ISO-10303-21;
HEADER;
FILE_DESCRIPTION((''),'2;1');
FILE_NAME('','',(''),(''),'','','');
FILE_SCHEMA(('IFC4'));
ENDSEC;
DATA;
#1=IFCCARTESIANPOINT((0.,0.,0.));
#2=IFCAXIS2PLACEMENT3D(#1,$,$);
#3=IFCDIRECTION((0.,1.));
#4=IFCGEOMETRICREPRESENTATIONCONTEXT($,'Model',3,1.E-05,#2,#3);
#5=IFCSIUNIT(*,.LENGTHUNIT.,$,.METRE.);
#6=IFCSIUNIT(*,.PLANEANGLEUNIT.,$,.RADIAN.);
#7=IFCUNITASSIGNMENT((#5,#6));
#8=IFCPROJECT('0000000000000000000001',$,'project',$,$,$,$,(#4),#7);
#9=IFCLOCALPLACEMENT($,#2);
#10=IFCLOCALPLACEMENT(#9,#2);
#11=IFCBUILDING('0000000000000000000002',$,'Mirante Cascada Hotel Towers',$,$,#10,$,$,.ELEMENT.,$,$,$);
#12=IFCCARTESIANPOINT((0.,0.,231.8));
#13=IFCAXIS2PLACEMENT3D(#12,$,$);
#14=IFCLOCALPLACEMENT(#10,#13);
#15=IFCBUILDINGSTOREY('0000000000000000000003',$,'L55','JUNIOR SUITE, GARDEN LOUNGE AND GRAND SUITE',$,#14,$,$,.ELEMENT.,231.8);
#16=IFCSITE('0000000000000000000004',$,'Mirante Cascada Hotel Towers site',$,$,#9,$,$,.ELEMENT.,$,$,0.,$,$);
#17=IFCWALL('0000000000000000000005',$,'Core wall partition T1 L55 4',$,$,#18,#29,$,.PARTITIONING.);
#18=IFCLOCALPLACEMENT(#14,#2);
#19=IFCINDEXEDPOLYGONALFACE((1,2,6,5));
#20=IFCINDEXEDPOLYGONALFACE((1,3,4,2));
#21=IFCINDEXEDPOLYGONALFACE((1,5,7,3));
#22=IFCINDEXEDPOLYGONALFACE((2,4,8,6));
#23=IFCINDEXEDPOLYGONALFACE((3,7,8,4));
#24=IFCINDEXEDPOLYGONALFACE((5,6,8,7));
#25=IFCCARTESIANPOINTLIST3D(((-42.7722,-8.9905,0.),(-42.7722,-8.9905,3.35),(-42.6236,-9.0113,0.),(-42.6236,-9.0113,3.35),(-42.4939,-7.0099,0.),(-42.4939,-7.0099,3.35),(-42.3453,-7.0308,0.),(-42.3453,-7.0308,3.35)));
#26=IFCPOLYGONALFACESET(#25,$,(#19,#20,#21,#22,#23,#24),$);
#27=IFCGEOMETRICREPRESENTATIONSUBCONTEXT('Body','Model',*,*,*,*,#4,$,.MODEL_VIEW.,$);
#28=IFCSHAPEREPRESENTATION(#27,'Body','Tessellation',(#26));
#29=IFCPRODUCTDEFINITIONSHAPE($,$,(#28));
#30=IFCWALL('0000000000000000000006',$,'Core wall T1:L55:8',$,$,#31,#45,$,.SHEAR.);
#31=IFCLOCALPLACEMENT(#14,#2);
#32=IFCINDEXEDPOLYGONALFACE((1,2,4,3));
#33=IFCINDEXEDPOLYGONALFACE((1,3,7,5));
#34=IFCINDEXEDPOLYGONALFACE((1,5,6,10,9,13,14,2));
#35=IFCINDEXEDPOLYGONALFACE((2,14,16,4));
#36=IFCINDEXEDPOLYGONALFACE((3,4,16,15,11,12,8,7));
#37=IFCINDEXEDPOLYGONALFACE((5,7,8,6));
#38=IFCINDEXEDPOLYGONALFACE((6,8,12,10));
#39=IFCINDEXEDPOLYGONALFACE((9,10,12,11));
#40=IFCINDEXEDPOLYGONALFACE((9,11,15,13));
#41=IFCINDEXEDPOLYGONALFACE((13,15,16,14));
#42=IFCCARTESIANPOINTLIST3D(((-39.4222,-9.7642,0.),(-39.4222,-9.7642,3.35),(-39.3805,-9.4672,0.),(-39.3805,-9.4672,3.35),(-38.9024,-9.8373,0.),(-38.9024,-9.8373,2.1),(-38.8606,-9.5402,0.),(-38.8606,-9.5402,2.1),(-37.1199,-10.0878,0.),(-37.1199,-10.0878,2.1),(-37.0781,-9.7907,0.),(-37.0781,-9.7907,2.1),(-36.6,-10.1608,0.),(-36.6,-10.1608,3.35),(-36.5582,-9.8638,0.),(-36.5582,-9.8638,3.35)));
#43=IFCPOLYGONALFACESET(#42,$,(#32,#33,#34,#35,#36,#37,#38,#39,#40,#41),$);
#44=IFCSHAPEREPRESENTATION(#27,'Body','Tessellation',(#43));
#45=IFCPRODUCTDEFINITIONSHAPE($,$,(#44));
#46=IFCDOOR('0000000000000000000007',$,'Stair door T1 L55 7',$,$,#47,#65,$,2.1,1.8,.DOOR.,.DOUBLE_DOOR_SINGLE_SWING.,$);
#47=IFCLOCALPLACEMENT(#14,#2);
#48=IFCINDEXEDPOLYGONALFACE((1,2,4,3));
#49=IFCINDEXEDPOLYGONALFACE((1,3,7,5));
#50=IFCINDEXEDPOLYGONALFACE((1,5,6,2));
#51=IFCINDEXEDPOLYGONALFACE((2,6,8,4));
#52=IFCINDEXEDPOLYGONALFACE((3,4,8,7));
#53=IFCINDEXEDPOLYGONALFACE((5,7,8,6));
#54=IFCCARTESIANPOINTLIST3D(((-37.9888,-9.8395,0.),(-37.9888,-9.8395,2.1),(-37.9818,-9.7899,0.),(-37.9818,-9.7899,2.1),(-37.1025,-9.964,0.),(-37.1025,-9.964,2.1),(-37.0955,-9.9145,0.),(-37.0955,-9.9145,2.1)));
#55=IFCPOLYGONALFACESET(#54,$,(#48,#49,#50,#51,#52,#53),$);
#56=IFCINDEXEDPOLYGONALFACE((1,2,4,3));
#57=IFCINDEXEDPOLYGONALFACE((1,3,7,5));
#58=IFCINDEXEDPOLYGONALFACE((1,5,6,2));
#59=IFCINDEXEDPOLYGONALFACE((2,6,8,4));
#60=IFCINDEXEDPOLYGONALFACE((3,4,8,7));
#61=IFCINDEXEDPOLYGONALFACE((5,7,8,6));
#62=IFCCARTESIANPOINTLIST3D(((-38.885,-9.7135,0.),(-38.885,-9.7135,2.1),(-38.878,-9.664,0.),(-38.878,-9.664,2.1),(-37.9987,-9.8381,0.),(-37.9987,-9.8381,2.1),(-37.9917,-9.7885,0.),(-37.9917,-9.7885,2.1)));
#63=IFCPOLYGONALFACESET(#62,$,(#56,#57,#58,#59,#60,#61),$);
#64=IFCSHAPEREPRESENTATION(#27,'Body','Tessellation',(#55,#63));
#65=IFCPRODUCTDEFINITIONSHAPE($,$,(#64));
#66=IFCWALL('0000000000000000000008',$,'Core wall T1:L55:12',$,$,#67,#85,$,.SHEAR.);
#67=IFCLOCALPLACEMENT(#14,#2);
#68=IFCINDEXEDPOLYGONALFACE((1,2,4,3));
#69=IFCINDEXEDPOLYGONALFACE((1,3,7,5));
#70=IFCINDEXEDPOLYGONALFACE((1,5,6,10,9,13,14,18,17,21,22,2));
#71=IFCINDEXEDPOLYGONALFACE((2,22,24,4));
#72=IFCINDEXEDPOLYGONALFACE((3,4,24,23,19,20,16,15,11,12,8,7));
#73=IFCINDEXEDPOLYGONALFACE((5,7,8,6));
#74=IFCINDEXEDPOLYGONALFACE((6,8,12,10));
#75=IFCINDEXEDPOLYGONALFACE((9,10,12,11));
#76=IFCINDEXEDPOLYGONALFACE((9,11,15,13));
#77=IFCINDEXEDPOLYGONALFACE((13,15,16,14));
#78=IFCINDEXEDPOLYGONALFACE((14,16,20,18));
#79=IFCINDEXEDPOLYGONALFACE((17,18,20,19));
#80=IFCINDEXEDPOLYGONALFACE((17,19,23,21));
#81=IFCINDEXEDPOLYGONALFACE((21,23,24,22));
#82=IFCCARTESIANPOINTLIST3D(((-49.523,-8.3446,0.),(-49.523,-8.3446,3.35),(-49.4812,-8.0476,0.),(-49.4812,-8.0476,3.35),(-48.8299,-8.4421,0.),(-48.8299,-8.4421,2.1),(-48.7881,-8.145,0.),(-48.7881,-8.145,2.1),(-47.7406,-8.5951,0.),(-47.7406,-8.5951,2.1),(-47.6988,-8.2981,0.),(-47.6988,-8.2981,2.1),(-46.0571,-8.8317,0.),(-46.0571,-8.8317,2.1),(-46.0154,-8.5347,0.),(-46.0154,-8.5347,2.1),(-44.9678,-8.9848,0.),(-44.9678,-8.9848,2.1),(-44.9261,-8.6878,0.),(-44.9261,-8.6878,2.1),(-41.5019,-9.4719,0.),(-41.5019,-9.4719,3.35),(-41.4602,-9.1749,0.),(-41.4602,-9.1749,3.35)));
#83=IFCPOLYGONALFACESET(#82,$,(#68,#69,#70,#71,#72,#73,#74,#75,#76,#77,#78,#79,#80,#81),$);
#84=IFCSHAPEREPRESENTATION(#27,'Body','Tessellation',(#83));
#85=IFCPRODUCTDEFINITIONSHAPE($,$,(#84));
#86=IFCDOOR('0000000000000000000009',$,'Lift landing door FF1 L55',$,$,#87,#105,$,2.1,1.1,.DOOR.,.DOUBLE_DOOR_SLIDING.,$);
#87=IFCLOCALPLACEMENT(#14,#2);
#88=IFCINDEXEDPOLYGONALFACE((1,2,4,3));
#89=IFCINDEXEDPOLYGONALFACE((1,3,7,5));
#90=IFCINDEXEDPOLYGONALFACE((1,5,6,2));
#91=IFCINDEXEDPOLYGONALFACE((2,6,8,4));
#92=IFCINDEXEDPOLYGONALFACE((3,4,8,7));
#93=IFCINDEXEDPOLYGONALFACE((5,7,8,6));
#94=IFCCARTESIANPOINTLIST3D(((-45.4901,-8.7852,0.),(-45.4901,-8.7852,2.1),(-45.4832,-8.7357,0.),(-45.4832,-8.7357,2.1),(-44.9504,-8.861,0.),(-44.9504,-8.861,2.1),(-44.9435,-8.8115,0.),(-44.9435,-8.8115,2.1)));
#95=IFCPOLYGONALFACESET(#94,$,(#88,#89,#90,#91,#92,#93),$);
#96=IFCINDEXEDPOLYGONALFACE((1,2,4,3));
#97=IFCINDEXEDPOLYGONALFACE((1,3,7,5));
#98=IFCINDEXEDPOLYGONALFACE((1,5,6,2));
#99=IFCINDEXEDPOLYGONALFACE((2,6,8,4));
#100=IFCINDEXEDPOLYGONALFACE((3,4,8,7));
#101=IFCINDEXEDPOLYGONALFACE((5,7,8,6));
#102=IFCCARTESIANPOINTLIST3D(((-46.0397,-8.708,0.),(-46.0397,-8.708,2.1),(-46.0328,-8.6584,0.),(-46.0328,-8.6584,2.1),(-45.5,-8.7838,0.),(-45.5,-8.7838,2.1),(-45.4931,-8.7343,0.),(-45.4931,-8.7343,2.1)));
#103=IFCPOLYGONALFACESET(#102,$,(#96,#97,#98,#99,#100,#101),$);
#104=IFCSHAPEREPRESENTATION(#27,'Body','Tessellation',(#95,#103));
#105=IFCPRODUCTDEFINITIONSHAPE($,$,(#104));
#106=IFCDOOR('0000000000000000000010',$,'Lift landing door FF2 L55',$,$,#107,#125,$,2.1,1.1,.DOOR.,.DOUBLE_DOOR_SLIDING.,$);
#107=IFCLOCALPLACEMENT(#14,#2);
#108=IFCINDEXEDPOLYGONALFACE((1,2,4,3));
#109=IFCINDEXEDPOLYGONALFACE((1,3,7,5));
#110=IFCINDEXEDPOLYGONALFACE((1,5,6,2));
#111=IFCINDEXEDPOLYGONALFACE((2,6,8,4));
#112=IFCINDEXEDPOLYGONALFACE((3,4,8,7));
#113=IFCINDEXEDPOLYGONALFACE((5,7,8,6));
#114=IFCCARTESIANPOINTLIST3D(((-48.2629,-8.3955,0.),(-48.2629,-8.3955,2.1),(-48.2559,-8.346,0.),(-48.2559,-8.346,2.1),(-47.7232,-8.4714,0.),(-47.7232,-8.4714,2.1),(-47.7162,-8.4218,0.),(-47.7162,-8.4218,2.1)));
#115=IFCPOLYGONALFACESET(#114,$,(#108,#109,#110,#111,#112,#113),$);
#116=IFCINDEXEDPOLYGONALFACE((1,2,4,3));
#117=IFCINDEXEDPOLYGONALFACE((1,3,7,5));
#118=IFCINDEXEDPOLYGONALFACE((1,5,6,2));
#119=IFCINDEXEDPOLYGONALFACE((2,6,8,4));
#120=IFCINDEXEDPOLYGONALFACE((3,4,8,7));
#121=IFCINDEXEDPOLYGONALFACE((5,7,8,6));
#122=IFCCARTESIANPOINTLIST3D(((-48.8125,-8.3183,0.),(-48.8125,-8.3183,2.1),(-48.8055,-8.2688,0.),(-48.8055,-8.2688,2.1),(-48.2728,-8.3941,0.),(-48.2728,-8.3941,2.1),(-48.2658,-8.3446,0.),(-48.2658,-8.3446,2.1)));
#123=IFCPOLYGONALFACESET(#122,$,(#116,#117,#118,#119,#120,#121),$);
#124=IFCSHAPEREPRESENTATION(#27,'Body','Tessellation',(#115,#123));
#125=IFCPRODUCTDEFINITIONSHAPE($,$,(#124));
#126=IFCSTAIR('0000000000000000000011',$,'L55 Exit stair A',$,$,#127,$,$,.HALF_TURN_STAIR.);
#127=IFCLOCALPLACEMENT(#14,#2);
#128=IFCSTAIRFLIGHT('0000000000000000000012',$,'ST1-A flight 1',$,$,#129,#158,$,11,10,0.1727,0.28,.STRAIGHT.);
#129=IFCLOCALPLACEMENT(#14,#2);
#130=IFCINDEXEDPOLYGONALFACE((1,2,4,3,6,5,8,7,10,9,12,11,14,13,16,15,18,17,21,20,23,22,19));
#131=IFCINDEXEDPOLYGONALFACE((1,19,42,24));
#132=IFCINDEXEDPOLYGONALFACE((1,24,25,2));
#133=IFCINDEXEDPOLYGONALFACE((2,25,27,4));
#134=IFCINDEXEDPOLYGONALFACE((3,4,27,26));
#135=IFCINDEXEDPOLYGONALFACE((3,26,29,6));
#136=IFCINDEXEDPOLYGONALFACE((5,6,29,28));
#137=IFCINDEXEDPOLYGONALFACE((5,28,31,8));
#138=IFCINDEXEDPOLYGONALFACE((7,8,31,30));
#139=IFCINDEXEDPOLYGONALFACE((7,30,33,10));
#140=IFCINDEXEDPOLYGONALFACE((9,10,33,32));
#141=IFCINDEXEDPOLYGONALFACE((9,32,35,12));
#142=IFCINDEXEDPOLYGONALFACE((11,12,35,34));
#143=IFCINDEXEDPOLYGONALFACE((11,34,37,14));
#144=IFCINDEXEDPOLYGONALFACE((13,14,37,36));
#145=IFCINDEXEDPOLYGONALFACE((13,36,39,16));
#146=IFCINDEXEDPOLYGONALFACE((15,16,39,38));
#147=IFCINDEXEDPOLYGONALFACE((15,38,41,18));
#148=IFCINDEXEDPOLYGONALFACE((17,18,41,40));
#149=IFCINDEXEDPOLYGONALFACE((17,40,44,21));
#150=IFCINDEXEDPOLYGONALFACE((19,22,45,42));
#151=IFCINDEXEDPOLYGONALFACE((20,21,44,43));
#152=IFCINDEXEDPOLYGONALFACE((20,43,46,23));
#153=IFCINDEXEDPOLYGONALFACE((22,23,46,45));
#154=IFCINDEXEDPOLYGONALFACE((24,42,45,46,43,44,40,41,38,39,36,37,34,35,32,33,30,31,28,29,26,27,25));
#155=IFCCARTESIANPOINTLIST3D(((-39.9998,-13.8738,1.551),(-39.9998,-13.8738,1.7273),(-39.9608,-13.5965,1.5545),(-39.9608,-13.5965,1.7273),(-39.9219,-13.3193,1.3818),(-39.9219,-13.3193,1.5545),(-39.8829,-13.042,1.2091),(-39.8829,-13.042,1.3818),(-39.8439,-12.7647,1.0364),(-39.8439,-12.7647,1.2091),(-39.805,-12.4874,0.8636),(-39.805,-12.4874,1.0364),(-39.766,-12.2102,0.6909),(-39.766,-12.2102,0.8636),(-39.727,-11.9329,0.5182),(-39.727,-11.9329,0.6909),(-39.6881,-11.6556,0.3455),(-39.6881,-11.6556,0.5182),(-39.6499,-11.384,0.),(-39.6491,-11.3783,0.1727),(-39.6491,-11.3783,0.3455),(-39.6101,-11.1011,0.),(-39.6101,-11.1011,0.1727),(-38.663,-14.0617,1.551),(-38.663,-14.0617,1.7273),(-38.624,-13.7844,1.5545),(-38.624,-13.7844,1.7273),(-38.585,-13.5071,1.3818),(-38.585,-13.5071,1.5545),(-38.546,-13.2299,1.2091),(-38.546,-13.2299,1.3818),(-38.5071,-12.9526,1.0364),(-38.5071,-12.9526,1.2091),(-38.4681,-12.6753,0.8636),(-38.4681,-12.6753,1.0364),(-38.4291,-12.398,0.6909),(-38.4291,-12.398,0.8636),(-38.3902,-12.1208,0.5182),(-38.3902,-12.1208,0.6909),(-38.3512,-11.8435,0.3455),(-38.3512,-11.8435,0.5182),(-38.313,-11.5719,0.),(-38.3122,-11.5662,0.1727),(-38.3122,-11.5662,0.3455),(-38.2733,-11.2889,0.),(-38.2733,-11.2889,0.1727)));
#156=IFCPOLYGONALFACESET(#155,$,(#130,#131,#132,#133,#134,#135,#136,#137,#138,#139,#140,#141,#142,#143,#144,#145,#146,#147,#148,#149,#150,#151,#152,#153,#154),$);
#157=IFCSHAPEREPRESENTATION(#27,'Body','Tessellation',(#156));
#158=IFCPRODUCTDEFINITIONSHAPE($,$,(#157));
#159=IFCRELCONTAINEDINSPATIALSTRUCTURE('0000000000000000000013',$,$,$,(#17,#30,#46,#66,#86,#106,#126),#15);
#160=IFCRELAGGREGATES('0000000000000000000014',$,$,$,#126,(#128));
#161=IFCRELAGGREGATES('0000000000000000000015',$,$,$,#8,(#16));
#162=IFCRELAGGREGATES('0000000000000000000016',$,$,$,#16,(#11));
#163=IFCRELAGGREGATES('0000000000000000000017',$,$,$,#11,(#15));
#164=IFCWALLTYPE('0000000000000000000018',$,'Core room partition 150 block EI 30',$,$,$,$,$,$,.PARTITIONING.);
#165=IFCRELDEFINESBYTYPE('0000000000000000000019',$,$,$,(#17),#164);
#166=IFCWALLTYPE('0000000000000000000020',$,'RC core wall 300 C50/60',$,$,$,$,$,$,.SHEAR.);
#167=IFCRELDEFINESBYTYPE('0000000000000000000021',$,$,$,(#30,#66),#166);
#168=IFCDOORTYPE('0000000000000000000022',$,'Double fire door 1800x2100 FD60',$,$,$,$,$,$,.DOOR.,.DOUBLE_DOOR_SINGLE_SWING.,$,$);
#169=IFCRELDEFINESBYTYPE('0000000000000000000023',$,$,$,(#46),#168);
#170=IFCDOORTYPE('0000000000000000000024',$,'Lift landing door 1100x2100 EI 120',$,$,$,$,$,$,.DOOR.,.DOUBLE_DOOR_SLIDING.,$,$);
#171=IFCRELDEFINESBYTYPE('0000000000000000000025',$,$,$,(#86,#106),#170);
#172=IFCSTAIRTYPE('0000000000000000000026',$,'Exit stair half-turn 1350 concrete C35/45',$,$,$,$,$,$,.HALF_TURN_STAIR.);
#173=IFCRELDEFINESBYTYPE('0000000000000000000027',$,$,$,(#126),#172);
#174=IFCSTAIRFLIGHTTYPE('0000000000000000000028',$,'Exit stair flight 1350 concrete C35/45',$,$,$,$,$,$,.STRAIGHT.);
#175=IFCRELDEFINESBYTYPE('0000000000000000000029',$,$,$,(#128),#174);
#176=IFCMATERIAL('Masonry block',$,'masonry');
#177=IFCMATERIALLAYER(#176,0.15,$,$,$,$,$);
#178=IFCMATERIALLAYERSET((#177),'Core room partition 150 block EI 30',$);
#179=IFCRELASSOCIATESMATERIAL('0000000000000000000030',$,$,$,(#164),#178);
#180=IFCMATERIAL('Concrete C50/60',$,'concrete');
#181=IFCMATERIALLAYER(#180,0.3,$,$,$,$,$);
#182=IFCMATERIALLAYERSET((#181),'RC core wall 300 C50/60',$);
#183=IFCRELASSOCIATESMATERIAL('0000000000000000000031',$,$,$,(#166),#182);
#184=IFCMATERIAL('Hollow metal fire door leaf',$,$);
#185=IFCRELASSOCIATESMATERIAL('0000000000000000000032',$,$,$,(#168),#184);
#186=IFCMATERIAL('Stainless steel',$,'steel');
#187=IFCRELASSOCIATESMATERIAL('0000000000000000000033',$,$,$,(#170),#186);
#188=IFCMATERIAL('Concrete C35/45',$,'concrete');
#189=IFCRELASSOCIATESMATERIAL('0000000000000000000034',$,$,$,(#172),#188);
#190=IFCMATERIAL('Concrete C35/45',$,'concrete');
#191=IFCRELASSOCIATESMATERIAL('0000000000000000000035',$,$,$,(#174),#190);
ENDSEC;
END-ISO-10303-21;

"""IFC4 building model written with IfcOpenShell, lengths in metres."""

from ifc_helpers import new_model, si_unit, direction, frame, frame_2d, origin, place, context, subcontext, project, spatial, polyline, rectangle, outline, extrude, material, layer, layer_set, type_object, element, fill, aggregate, save


model = new_model("IFC4")

# Units and contexts
model_context = context("Model", 3, precision=1e-05, world=origin(), true_north=direction((0.0, 1.0)))
body_context = subcontext(model_context, "Body", "Model", "MODEL_VIEW")
ifc_project = project(units=[si_unit("LENGTHUNIT", "METRE"), si_unit("PLANEANGLEUNIT", "RADIAN")], contexts=[model_context])

# Site, building, storey
site_placement = place(None, origin())
site = spatial("IfcSite", under=ifc_project, at=site_placement, Name="Mirante Cascada Hotel Towers site", CompositionType="ELEMENT", RefElevation=0.0)
building_placement = place(site_placement, origin())
building = spatial("IfcBuilding", under=site, at=building_placement, Name="Mirante Cascada Hotel Towers", CompositionType="ELEMENT")
storey_placement = place(building_placement, frame((0.0, 0.0, 231.8)))
storey = spatial("IfcBuildingStorey", under=building, at=storey_placement, Name="L55", Description="JUNIOR SUITE, GARDEN LOUNGE AND GRAND SUITE", CompositionType="ELEMENT", Elevation=231.8)

# Wall
ifc_material_1 = material(Name="Masonry block", Category="masonry")
ifc_layer_1 = layer(ifc_material_1, 0.15)
ifc_layer_set_1 = layer_set([ifc_layer_1], Name="Core room partition 150 block EI 30")
wall_type_1 = type_object("IfcWallType", Name="Core room partition 150 block EI 30", PredefinedType="PARTITIONING", material=ifc_layer_set_1)
wall_1_placement = place(storey_placement, frame((-42.6979, -9.0009, 0.0), z_axis=(0.0, 0.0, 1.0), x_axis=(0.139153, 0.990271, 0.0)))
element("IfcWall", 1, at=wall_1_placement, inside=storey, type_object=wall_type_1, Name="Core wall partition T1 L55 4", PredefinedType="PARTITIONING", context=body_context, shape_type="SweptSolid", body=[
    extrude(rectangle(XDim=2.0, YDim=0.15, at=frame_2d((1.0, 0.0))), origin(), (0.0, 0.0, 1.0), 3.35),
])

# Wall, opening, door
ifc_material_2 = material(Name="Concrete C50/60", Category="concrete")
ifc_layer_2 = layer(ifc_material_2, 0.3)
ifc_layer_set_2 = layer_set([ifc_layer_2], Name="RC core wall 300 C50/60")
wall_type_2 = type_object("IfcWallType", Name="RC core wall 300 C50/60", PredefinedType="SHEAR", material=ifc_layer_set_2)
wall_2_placement = place(storey_placement, frame((-36.5791, -10.0123, 0.0), z_axis=(0.0, 0.0, 1.0), x_axis=(-0.99027, 0.139156, 0.0)))
wall_2 = element("IfcWall", 2, at=wall_2_placement, inside=storey, type_object=wall_type_2, Name="Core wall T1:L55:8", PredefinedType="SHEAR", context=body_context, shape_type="SweptSolid", body=[
    extrude(rectangle(XDim=2.85, YDim=0.3, at=frame_2d((1.425, 0.0))), origin(), (0.0, 0.0, 1.0), 3.35),
])
opening_1_placement = place(wall_2_placement, frame((0.525, 0.0, 0.0)))
opening_1 = element("IfcOpeningElement", 3, at=opening_1_placement, cuts=wall_2, PredefinedType="OPENING", context=body_context, shape_type="SweptSolid", body=[
    extrude(rectangle(XDim=1.8, YDim=2.1, at=frame_2d((0.9, 1.05))), frame((0.0, 0.15, 0.0), z_axis=(0.0, -1.0, 0.0), x_axis=(1.0, 0.0, 0.0)), (0.0, 0.0, 1.0), 0.3),
])
ifc_material_3 = material(Name="Hollow metal fire door leaf")
door_type_1 = type_object("IfcDoorType", Name="Double fire door 1800x2100 FD60", OperationType="DOUBLE_DOOR_SINGLE_SWING", PredefinedType="DOOR", material=ifc_material_3)
door_1_placement = place(opening_1_placement, origin())
door_1 = element("IfcDoor", 4, at=door_1_placement, inside=storey, type_object=door_type_1, Name="Stair door T1 L55 7", OperationType="DOUBLE_DOOR_SINGLE_SWING", OverallHeight=2.1, OverallWidth=1.8, PredefinedType="DOOR", context=body_context, shape_type="SweptSolid", body=[
    extrude(rectangle(XDim=0.895, YDim=2.1, at=frame_2d((0.4475, 1.05))), frame((0.0, 0.025, 0.0), z_axis=(0.0, -1.0, 0.0), x_axis=(1.0, 0.0, 0.0)), (0.0, 0.0, 1.0), 0.05),
    extrude(rectangle(XDim=0.895, YDim=2.1, at=frame_2d((1.3525, 1.05))), frame((0.0, 0.025, 0.0), z_axis=(0.0, -1.0, 0.0), x_axis=(1.0, 0.0, 0.0)), (0.0, 0.0, 1.0), 0.05),
])
fill(opening_1, door_1)

# Wall, openings, doors
wall_3_placement = place(storey_placement, frame((-41.481, -9.3234, 0.0), z_axis=(0.0, 0.0, 1.0), x_axis=(-0.990268, 0.139174, 0.0)))
wall_3 = element("IfcWall", 5, at=wall_3_placement, inside=storey, type_object=wall_type_2, Name="Core wall T1:L55:12", PredefinedType="SHEAR", context=body_context, shape_type="SweptSolid", body=[
    extrude(rectangle(XDim=8.0999, YDim=0.3, at=frame_2d((4.05, 0.0))), origin(), (0.0, 0.0, 1.0), 3.35),
])
opening_2_placement = place(wall_3_placement, frame((3.5, 0.0, 0.0)))
opening_2 = element("IfcOpeningElement", 6, at=opening_2_placement, cuts=wall_3, PredefinedType="OPENING", context=body_context, shape_type="SweptSolid", body=[
    extrude(rectangle(XDim=1.1, YDim=2.1, at=frame_2d((0.55, 1.05))), frame((0.0, 0.15, 0.0), z_axis=(0.0, -1.0, 0.0), x_axis=(1.0, 0.0, 0.0)), (0.0, 0.0, 1.0), 0.3),
])
opening_3_placement = place(wall_3_placement, frame((6.3, 0.0, 0.0)))
opening_3 = element("IfcOpeningElement", 7, at=opening_3_placement, cuts=wall_3, PredefinedType="OPENING", context=body_context, shape_type="SweptSolid", body=[
    extrude(rectangle(XDim=1.1, YDim=2.1, at=frame_2d((0.55, 1.05))), frame((0.0, 0.15, 0.0), z_axis=(0.0, -1.0, 0.0), x_axis=(1.0, 0.0, 0.0)), (0.0, 0.0, 1.0), 0.3),
])
ifc_material_4 = material(Name="Stainless steel", Category="steel")
door_type_2 = type_object("IfcDoorType", Name="Lift landing door 1100x2100 EI 120", OperationType="DOUBLE_DOOR_SLIDING", PredefinedType="DOOR", material=ifc_material_4)
door_2_placement = place(opening_2_placement, origin())
door_2 = element("IfcDoor", 8, at=door_2_placement, inside=storey, type_object=door_type_2, Name="Lift landing door FF1 L55", OperationType="DOUBLE_DOOR_SLIDING", OverallHeight=2.1, OverallWidth=1.1, PredefinedType="DOOR", context=body_context, shape_type="SweptSolid", body=[
    extrude(rectangle(XDim=0.545, YDim=2.1, at=frame_2d((0.2725, 1.05))), frame((0.0, 0.025, 0.0), z_axis=(0.0, -1.0, 0.0), x_axis=(1.0, 0.0, 0.0)), (0.0, 0.0, 1.0), 0.05),
    extrude(rectangle(XDim=0.545, YDim=2.1, at=frame_2d((0.8275, 1.05))), frame((0.0, 0.025, 0.0), z_axis=(0.0, -1.0, 0.0), x_axis=(1.0, 0.0, 0.0)), (0.0, 0.0, 1.0), 0.05),
])
fill(opening_2, door_2)
door_3_placement = place(opening_3_placement, origin())
door_3 = element("IfcDoor", 9, at=door_3_placement, inside=storey, type_object=door_type_2, Name="Lift landing door FF2 L55", OperationType="DOUBLE_DOOR_SLIDING", OverallHeight=2.1, OverallWidth=1.1, PredefinedType="DOOR", context=body_context, shape_type="SweptSolid", body=[
    extrude(rectangle(XDim=0.545, YDim=2.1, at=frame_2d((0.2725, 1.05))), frame((0.0, 0.025, 0.0), z_axis=(0.0, -1.0, 0.0), x_axis=(1.0, 0.0, 0.0)), (0.0, 0.0, 1.0), 0.05),
    extrude(rectangle(XDim=0.545, YDim=2.1, at=frame_2d((0.8275, 1.05))), frame((0.0, 0.025, 0.0), z_axis=(0.0, -1.0, 0.0), x_axis=(1.0, 0.0, 0.0)), (0.0, 0.0, 1.0), 0.05),
])
fill(opening_3, door_3)

# Stair, stair flight
ifc_material_5 = material(Name="Concrete C35/45", Category="concrete")
stair_type = type_object("IfcStairType", Name="Exit stair half-turn 1350 concrete C35/45", PredefinedType="HALF_TURN_STAIR", material=ifc_material_5)
stair_placement = place(storey_placement, origin())
stair = element("IfcStair", 10, at=stair_placement, inside=storey, type_object=stair_type, Name="L55 Exit stair A", PredefinedType="HALF_TURN_STAIR")
ifc_material_6 = material(Name="Concrete C35/45", Category="concrete")
stair_flight_type = type_object("IfcStairFlightType", Name="Exit stair flight 1350 concrete C35/45", PredefinedType="STRAIGHT", material=ifc_material_6)
stair_flight_placement = place(storey_placement, frame((-38.9417, -11.195, 0.0), z_axis=(0.0, 0.0, 1.0), x_axis=(-0.139173, -0.990268, 0.0)))
stair_flight = element("IfcStairFlight", 11, at=stair_flight_placement, type_object=stair_flight_type, Name="ST1-A flight 1", NumberOfRisers=11, NumberOfTreads=10, PredefinedType="STRAIGHT", RiserHeight=0.1727, TreadLength=0.28, context=body_context, shape_type="SweptSolid", body=[
    extrude(outline(polyline([(0.0, 0.0), (0.0, 0.1727), (0.28, 0.1727), (0.28, 0.3455), (0.56, 0.3455), (0.56, 0.5182), (0.84, 0.5182), (0.84, 0.6909), (1.12, 0.6909), (1.12, 0.8636), (1.4, 0.8636), (1.4, 1.0364), (1.68, 1.0364), (1.68, 1.2091), (1.96, 1.2091), (1.96, 1.3818), (2.24, 1.3818), (2.24, 1.5545), (2.52, 1.5545), (2.52, 1.7273), (2.8, 1.7273), (2.8, 1.9), (2.8, 1.551), (0.2857, 0.0), (0.0, 0.0)])), frame((0.0, 0.675, 0.0), z_axis=(0.0, -1.0, 0.0), x_axis=(1.0, 0.0, 0.0)), (0.0, 0.0, 1.0), 1.35),
])
aggregate(stair, [stair_flight])

save(model, "model.ifc")
